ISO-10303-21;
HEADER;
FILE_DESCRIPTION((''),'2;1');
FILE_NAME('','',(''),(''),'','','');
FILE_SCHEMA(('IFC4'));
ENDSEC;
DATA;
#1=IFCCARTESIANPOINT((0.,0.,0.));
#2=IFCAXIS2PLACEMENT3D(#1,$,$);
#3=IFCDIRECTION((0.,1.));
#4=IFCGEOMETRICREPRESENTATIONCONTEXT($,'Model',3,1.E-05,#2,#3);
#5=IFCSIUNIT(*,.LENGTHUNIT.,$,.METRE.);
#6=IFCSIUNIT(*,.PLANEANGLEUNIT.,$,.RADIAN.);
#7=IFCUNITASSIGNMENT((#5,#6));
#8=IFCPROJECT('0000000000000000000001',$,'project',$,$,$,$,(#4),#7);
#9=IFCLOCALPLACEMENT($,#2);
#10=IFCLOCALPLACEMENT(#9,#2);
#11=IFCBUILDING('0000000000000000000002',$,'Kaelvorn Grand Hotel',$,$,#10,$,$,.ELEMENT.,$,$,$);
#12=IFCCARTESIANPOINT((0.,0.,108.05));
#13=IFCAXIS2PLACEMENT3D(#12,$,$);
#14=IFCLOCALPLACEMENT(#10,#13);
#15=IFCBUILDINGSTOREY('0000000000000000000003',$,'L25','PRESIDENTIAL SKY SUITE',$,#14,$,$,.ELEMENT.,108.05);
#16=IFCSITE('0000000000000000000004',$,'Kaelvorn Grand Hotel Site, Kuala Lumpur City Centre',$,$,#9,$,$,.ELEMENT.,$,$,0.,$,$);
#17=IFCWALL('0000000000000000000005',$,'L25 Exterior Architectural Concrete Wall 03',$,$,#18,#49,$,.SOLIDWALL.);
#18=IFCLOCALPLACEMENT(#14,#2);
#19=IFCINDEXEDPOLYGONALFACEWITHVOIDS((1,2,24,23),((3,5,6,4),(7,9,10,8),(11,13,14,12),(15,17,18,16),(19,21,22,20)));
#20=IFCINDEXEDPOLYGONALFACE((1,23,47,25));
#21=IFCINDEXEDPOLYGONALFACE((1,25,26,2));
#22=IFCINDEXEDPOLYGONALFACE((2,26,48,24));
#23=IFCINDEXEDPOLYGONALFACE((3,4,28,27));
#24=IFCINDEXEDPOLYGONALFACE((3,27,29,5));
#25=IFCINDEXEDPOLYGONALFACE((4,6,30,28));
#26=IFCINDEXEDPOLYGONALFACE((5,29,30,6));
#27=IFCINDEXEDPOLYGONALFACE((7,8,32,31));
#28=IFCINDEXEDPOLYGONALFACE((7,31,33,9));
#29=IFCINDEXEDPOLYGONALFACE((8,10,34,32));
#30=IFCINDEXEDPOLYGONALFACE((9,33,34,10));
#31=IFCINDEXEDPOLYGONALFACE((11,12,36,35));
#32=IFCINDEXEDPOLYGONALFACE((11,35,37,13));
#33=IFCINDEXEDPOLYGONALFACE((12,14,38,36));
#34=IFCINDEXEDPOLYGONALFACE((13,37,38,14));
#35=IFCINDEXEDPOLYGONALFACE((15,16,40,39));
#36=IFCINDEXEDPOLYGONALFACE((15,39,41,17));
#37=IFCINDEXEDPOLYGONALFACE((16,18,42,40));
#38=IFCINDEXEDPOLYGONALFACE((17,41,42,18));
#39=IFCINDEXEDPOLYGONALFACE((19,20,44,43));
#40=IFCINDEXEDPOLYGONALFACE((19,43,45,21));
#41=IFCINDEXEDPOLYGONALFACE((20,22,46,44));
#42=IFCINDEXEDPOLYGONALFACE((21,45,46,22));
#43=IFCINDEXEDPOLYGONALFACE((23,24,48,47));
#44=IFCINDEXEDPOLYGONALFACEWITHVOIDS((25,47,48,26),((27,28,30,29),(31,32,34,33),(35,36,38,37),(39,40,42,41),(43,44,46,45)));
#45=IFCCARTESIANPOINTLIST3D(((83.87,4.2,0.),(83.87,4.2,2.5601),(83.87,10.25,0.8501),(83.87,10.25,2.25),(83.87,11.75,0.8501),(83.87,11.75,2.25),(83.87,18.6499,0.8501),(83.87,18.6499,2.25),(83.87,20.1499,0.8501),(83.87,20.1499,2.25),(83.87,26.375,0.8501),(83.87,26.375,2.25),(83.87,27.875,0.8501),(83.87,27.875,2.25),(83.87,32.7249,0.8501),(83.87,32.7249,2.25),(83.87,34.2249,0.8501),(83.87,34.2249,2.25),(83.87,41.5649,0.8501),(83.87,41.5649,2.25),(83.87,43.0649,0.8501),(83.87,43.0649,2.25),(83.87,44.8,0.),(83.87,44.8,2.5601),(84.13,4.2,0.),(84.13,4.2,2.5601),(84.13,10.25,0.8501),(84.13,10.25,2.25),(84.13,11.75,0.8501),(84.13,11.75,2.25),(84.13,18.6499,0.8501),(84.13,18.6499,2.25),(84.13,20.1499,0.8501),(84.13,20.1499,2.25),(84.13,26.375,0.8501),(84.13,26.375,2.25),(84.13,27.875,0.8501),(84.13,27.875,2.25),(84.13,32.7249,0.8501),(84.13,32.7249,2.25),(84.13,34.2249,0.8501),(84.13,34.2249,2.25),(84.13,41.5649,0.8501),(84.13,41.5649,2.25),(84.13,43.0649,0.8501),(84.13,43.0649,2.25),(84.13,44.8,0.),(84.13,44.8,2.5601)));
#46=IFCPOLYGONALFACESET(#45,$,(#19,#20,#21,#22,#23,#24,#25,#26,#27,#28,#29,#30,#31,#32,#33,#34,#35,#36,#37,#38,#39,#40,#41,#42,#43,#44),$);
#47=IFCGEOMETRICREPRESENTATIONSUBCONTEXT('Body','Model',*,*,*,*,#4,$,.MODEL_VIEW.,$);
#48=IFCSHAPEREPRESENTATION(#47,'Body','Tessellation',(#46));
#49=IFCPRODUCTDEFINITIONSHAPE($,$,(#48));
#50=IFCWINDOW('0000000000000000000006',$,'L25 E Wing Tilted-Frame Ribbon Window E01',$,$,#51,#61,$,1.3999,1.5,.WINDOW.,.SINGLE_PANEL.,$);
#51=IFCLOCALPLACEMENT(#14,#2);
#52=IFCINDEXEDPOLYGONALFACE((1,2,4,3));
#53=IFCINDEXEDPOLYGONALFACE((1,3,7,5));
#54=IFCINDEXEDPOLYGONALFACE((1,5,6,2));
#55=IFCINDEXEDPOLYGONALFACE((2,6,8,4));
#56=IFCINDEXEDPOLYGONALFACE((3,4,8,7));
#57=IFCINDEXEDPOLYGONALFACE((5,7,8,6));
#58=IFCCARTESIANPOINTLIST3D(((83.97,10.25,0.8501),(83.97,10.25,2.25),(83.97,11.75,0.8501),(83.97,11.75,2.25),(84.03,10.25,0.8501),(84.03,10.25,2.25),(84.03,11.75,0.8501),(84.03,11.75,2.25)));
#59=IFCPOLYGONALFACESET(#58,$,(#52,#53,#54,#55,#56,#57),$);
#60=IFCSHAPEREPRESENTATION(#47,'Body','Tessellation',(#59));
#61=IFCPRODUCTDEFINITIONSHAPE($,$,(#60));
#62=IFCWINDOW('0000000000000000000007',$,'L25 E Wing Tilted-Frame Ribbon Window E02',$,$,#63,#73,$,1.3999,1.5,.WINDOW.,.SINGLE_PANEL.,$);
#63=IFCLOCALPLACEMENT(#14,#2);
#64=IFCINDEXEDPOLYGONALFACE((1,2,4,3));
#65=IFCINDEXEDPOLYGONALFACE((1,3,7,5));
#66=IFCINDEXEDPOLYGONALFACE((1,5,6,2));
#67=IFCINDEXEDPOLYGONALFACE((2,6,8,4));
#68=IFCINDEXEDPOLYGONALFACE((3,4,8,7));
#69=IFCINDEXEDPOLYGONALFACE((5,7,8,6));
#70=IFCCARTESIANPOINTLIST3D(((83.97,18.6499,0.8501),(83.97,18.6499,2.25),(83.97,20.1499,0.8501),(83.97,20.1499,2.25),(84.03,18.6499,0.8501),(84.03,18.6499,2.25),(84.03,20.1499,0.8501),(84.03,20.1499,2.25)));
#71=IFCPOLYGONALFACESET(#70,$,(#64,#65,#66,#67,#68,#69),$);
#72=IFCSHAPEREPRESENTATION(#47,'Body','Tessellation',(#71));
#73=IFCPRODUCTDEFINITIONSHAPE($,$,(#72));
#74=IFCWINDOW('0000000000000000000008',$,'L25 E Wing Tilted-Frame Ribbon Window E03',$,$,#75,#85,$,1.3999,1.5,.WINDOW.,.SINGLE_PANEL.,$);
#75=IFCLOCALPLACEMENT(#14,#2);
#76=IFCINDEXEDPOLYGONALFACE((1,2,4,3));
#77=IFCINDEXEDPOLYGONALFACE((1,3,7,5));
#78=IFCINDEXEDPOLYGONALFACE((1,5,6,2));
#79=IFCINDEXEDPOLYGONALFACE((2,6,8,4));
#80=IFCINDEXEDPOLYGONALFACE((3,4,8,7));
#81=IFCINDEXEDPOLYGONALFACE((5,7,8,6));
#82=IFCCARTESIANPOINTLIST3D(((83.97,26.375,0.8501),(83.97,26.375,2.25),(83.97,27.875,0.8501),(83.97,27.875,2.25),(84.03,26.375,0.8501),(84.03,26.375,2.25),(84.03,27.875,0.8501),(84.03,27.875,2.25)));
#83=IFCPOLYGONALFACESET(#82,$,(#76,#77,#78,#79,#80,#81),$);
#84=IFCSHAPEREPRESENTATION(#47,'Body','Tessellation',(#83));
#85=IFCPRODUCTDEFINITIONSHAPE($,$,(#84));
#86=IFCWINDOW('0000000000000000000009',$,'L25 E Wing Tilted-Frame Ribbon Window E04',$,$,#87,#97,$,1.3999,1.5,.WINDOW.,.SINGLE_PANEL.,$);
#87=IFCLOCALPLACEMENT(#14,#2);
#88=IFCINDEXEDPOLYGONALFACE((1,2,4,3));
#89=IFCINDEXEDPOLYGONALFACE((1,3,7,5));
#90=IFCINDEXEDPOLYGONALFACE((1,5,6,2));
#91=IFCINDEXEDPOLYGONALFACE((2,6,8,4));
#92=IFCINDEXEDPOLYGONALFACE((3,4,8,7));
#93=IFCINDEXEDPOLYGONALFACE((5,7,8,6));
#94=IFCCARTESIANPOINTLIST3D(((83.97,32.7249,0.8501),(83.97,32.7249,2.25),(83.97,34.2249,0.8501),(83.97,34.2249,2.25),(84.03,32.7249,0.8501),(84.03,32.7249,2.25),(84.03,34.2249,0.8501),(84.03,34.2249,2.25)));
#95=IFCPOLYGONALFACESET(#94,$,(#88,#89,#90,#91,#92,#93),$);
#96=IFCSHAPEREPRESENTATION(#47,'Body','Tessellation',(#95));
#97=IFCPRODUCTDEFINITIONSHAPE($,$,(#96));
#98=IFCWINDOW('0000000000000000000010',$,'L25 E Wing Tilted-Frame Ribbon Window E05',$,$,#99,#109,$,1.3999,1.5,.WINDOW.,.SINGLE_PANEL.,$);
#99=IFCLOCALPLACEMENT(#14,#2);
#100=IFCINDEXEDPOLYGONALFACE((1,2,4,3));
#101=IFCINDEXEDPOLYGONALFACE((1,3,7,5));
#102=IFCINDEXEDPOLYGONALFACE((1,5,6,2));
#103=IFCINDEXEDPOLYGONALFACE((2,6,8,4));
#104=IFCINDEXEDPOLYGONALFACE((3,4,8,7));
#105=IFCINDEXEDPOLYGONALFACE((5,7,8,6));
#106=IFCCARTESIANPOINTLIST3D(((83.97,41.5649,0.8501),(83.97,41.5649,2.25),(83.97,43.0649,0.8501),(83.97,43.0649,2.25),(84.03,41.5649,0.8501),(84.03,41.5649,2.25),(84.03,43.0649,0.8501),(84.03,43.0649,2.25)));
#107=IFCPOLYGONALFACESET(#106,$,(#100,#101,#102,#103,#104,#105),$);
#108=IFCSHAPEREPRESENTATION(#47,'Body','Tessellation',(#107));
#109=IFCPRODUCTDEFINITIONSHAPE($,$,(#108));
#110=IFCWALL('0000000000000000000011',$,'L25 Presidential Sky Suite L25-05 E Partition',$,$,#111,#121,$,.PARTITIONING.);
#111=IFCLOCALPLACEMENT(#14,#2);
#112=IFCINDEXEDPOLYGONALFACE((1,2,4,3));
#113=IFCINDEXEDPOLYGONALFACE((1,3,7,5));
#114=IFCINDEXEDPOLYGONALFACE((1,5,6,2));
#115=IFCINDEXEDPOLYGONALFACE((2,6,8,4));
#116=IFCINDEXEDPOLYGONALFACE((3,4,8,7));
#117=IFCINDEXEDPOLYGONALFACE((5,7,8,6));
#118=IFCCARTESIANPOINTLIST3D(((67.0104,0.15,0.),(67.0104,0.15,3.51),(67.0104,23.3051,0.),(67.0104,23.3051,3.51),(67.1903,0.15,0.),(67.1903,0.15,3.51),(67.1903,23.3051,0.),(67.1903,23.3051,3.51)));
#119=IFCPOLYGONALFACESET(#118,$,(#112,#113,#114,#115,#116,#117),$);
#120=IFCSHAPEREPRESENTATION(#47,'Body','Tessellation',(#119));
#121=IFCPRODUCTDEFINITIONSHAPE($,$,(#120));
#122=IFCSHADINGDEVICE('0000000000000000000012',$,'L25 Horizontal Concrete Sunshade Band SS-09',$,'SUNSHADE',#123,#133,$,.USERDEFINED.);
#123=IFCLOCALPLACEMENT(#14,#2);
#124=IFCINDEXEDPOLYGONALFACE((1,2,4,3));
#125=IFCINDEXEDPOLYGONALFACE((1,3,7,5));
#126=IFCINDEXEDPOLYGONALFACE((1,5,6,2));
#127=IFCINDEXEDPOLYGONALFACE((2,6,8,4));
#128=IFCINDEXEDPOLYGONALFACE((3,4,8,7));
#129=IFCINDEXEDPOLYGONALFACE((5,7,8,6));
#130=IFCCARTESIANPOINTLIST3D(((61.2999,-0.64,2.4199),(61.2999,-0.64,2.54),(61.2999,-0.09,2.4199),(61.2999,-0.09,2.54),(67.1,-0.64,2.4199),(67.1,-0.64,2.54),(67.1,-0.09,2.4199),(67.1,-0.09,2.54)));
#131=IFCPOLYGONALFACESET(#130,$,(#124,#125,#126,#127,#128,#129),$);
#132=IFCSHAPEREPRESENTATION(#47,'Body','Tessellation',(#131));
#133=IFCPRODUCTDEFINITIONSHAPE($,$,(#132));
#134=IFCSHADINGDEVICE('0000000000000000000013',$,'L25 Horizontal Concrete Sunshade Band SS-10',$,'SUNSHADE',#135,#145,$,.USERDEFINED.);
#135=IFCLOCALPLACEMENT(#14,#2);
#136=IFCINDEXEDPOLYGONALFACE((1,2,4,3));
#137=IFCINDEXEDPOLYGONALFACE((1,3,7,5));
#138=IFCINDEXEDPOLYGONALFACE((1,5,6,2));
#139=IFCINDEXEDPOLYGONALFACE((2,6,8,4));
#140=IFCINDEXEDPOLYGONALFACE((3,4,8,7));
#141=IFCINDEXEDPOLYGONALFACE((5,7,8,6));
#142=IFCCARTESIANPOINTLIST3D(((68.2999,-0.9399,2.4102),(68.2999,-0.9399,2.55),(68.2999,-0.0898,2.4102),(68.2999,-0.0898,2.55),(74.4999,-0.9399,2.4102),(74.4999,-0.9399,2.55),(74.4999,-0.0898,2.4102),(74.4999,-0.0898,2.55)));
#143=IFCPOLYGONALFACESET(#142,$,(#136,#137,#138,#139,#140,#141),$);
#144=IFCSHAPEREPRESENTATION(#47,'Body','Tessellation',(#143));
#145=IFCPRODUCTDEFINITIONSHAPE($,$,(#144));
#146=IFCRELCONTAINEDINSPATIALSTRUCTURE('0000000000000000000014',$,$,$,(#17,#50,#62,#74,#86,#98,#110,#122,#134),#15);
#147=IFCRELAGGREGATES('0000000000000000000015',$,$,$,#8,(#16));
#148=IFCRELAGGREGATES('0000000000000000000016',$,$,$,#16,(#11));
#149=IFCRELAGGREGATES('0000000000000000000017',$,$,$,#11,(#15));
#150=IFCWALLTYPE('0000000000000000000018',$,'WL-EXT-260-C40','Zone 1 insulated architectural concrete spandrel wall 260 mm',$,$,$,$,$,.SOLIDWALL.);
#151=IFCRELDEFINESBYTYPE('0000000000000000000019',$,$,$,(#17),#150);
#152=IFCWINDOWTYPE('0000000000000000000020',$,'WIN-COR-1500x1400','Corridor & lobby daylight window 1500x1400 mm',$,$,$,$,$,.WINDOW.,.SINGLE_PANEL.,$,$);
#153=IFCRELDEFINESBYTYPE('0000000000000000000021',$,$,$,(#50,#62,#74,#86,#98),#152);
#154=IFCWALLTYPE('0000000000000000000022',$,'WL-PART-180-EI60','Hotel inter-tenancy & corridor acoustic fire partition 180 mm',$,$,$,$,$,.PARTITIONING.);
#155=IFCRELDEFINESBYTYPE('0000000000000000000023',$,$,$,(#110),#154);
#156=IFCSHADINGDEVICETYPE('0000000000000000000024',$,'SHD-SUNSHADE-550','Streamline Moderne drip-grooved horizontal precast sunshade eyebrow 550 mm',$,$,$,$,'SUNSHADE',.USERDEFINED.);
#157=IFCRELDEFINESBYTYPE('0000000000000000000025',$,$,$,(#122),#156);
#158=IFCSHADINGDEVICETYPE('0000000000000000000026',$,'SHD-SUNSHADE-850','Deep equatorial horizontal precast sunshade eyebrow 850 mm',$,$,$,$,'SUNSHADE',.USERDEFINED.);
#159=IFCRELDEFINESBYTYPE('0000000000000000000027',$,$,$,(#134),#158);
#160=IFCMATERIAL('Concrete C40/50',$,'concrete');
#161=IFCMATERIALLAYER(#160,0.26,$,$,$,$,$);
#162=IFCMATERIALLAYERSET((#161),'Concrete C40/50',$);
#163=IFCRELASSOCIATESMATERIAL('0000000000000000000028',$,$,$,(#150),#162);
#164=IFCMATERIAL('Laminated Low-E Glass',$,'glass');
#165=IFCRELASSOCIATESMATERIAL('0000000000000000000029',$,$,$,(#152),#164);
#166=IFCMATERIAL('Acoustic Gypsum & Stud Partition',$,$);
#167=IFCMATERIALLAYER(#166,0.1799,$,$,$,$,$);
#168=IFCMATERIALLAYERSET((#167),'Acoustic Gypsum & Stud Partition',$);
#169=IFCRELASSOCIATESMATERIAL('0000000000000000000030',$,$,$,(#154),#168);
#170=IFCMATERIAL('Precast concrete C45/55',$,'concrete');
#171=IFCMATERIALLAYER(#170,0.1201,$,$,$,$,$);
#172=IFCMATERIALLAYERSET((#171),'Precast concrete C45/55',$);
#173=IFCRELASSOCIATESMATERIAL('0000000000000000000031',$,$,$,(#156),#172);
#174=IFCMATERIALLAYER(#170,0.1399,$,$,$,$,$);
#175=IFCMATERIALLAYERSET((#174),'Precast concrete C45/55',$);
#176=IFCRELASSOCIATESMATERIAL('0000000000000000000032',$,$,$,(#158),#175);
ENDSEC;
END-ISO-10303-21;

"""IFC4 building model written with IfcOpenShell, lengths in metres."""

from ifc_helpers import new_model, si_unit, direction, frame, frame_2d, origin, origin_2d, place, context, subcontext, project, spatial, rectangle, extrude, material, layer, layer_set, type_object, element, fill, save


model = new_model("IFC4")

# Units and contexts
model_context = context("Model", 3, precision=1e-05, world=origin(), true_north=direction((0.0, 1.0)))
body_context = subcontext(model_context, "Body", "Model", "MODEL_VIEW")
ifc_project = project(units=[si_unit("LENGTHUNIT", "METRE"), si_unit("PLANEANGLEUNIT", "RADIAN")], contexts=[model_context])

# Site, building, storey
site_placement = place(None, origin())
site = spatial("IfcSite", under=ifc_project, at=site_placement, Name="Kaelvorn Grand Hotel Site, Kuala Lumpur City Centre", CompositionType="ELEMENT", RefElevation=0.0)
building_placement = place(site_placement, origin())
building = spatial("IfcBuilding", under=site, at=building_placement, Name="Kaelvorn Grand Hotel", CompositionType="ELEMENT")
storey_placement = place(building_placement, frame((0.0, 0.0, 108.05)))
storey = spatial("IfcBuildingStorey", under=building, at=storey_placement, Name="L25", Description="PRESIDENTIAL SKY SUITE", CompositionType="ELEMENT", Elevation=108.05)

# Shared definitions
ifc_material_1 = material(Name="Concrete C40/50", Category="concrete")

# Shared definitions
ifc_material_2 = material(Name="Precast concrete C45/55", Category="concrete")

# Shared definitions
ifc_layer_1 = layer(ifc_material_1, 0.26)
ifc_layer_set_1 = layer_set([ifc_layer_1], Name="Concrete C40/50")
wall_type_1 = type_object("IfcWallType", Name="WL-EXT-260-C40", Description="Zone 1 insulated architectural concrete spandrel wall 260 mm", PredefinedType="SOLIDWALL", material=ifc_layer_set_1)

# Wall, openings, windows
wall_1_placement = place(storey_placement, frame((84.0, 4.2, 0.0), z_axis=(0.0, 0.0, 1.0), x_axis=(0.0, 1.0, 0.0)))
wall_1 = element("IfcWall", 1, at=wall_1_placement, inside=storey, type_object=wall_type_1, Name="L25 Exterior Architectural Concrete Wall 03", PredefinedType="SOLIDWALL", context=body_context, shape_type="SweptSolid", body=[
    extrude(rectangle(XDim=40.6001, YDim=0.26, at=frame_2d((20.3, 0.0))), origin(), (0.0, 0.0, 1.0), 2.5601),
])
opening_1_placement = place(wall_1_placement, frame((6.05, 0.0, 0.8501)))
opening_1 = element("IfcOpeningElement", 2, at=opening_1_placement, cuts=wall_1, PredefinedType="OPENING", context=body_context, shape_type="SweptSolid", body=[
    extrude(rectangle(XDim=1.5, YDim=1.3999, at=frame_2d((0.75, 0.7))), frame((0.0, 0.1401, 0.0), z_axis=(0.0, -1.0, 0.0), x_axis=(1.0, 0.0, 0.0)), (0.0, 0.0, 1.0), 0.28),
])
opening_2_placement = place(wall_1_placement, frame((14.45, 0.0, 0.8501)))
opening_2 = element("IfcOpeningElement", 3, at=opening_2_placement, cuts=wall_1, PredefinedType="OPENING", context=body_context, shape_type="SweptSolid", body=[
    extrude(rectangle(XDim=1.5, YDim=1.3999, at=frame_2d((0.75, 0.7))), frame((0.0, 0.1401, 0.0), z_axis=(0.0, -1.0, 0.0), x_axis=(1.0, 0.0, 0.0)), (0.0, 0.0, 1.0), 0.28),
])
opening_3_placement = place(wall_1_placement, frame((22.175, 0.0, 0.8501)))
opening_3 = element("IfcOpeningElement", 4, at=opening_3_placement, cuts=wall_1, PredefinedType="OPENING", context=body_context, shape_type="SweptSolid", body=[
    extrude(rectangle(XDim=1.5, YDim=1.3999, at=frame_2d((0.75, 0.7))), frame((0.0, 0.1401, 0.0), z_axis=(0.0, -1.0, 0.0), x_axis=(1.0, 0.0, 0.0)), (0.0, 0.0, 1.0), 0.28),
])
opening_4_placement = place(wall_1_placement, frame((28.5249, 0.0, 0.8501)))
opening_4 = element("IfcOpeningElement", 5, at=opening_4_placement, cuts=wall_1, PredefinedType="OPENING", context=body_context, shape_type="SweptSolid", body=[
    extrude(rectangle(XDim=1.5, YDim=1.3999, at=frame_2d((0.75, 0.7))), frame((0.0, 0.1401, 0.0), z_axis=(0.0, -1.0, 0.0), x_axis=(1.0, 0.0, 0.0)), (0.0, 0.0, 1.0), 0.28),
])
opening_5_placement = place(wall_1_placement, frame((37.365, 0.0, 0.8501)))
opening_5 = element("IfcOpeningElement", 6, at=opening_5_placement, cuts=wall_1, PredefinedType="OPENING", context=body_context, shape_type="SweptSolid", body=[
    extrude(rectangle(XDim=1.5, YDim=1.3999, at=frame_2d((0.75, 0.7))), frame((0.0, 0.1401, 0.0), z_axis=(0.0, -1.0, 0.0), x_axis=(1.0, 0.0, 0.0)), (0.0, 0.0, 1.0), 0.28),
])
ifc_material_3 = material(Name="Laminated Low-E Glass", Category="glass")
window_type = type_object("IfcWindowType", Name="WIN-COR-1500x1400", Description="Corridor & lobby daylight window 1500x1400 mm", PartitioningType="SINGLE_PANEL", PredefinedType="WINDOW", material=ifc_material_3)
window_1_placement = place(opening_1_placement, origin())
window_1 = element("IfcWindow", 7, at=window_1_placement, inside=storey, type_object=window_type, Name="L25 E Wing Tilted-Frame Ribbon Window E01", OverallHeight=1.3999, OverallWidth=1.5, PartitioningType="SINGLE_PANEL", PredefinedType="WINDOW", context=body_context, shape_type="SweptSolid", body=[
    extrude(rectangle(XDim=1.5, YDim=1.3999, at=frame_2d((0.75, 0.7))), frame((0.0, 0.03, 0.0), z_axis=(0.0, -1.0, 0.0), x_axis=(1.0, 0.0, 0.0)), (0.0, 0.0, 1.0), 0.0601),
])
fill(opening_1, window_1)
window_2_placement = place(opening_2_placement, origin())
window_2 = element("IfcWindow", 8, at=window_2_placement, inside=storey, type_object=window_type, Name="L25 E Wing Tilted-Frame Ribbon Window E02", OverallHeight=1.3999, OverallWidth=1.5, PartitioningType="SINGLE_PANEL", PredefinedType="WINDOW", context=body_context, shape_type="SweptSolid", body=[
    extrude(rectangle(XDim=1.5, YDim=1.3999, at=frame_2d((0.75, 0.7))), frame((0.0, 0.03, 0.0), z_axis=(0.0, -1.0, 0.0), x_axis=(1.0, 0.0, 0.0)), (0.0, 0.0, 1.0), 0.0601),
])
fill(opening_2, window_2)
window_3_placement = place(opening_3_placement, origin())
window_3 = element("IfcWindow", 9, at=window_3_placement, inside=storey, type_object=window_type, Name="L25 E Wing Tilted-Frame Ribbon Window E03", OverallHeight=1.3999, OverallWidth=1.5, PartitioningType="SINGLE_PANEL", PredefinedType="WINDOW", context=body_context, shape_type="SweptSolid", body=[
    extrude(rectangle(XDim=1.5, YDim=1.3999, at=frame_2d((0.75, 0.7))), frame((0.0, 0.03, 0.0), z_axis=(0.0, -1.0, 0.0), x_axis=(1.0, 0.0, 0.0)), (0.0, 0.0, 1.0), 0.0601),
])
fill(opening_3, window_3)
window_4_placement = place(opening_4_placement, origin())
window_4 = element("IfcWindow", 10, at=window_4_placement, inside=storey, type_object=window_type, Name="L25 E Wing Tilted-Frame Ribbon Window E04", OverallHeight=1.3999, OverallWidth=1.5, PartitioningType="SINGLE_PANEL", PredefinedType="WINDOW", context=body_context, shape_type="SweptSolid", body=[
    extrude(rectangle(XDim=1.5, YDim=1.3999, at=frame_2d((0.75, 0.7))), frame((0.0, 0.03, 0.0), z_axis=(0.0, -1.0, 0.0), x_axis=(1.0, 0.0, 0.0)), (0.0, 0.0, 1.0), 0.0601),
])
fill(opening_4, window_4)
window_5_placement = place(opening_5_placement, origin())
window_5 = element("IfcWindow", 11, at=window_5_placement, inside=storey, type_object=window_type, Name="L25 E Wing Tilted-Frame Ribbon Window E05", OverallHeight=1.3999, OverallWidth=1.5, PartitioningType="SINGLE_PANEL", PredefinedType="WINDOW", context=body_context, shape_type="SweptSolid", body=[
    extrude(rectangle(XDim=1.5, YDim=1.3999, at=frame_2d((0.75, 0.7))), frame((0.0, 0.03, 0.0), z_axis=(0.0, -1.0, 0.0), x_axis=(1.0, 0.0, 0.0)), (0.0, 0.0, 1.0), 0.0601),
])
fill(opening_5, window_5)

# Wall
ifc_material_4 = material(Name="Acoustic Gypsum & Stud Partition")
ifc_layer_2 = layer(ifc_material_4, 0.1799)
ifc_layer_set_2 = layer_set([ifc_layer_2], Name="Acoustic Gypsum & Stud Partition")
wall_type_2 = type_object("IfcWallType", Name="WL-PART-180-EI60", Description="Hotel inter-tenancy & corridor acoustic fire partition 180 mm", PredefinedType="PARTITIONING", material=ifc_layer_set_2)
wall_2_placement = place(storey_placement, frame((67.1003, 0.1499, 0.0), z_axis=(0.0, 0.0, 1.0), x_axis=(0.0, 1.0, 0.0)))
element("IfcWall", 12, at=wall_2_placement, inside=storey, type_object=wall_type_2, Name="L25 Presidential Sky Suite L25-05 E Partition", PredefinedType="PARTITIONING", context=body_context, shape_type="SweptSolid", body=[
    extrude(rectangle(XDim=23.155, YDim=0.1799, at=frame_2d((11.5776, 0.0))), origin(), (0.0, 0.0, 1.0), 3.51),
])

# Shading devices
ifc_layer_3 = layer(ifc_material_2, 0.1201)
ifc_layer_set_3 = layer_set([ifc_layer_3], Name="Precast concrete C45/55")
shading_device_type_1 = type_object("IfcShadingDeviceType", Name="SHD-SUNSHADE-550", Description="Streamline Moderne drip-grooved horizontal precast sunshade eyebrow 550 mm", ElementType="SUNSHADE", PredefinedType="USERDEFINED", material=ifc_layer_set_3)
shading_device_1_placement = place(storey_placement, frame((64.2, -0.365, 2.4199), z_axis=(0.0, 0.0, 1.0), x_axis=(1.0, 0.0, 0.0)))
element("IfcShadingDevice", 13, at=shading_device_1_placement, inside=storey, type_object=shading_device_type_1, Name="L25 Horizontal Concrete Sunshade Band SS-09", ObjectType="SUNSHADE", PredefinedType="USERDEFINED", context=body_context, shape_type="SweptSolid", body=[
    extrude(rectangle(XDim=5.8, YDim=0.55, at=origin_2d()), origin(), (0.0, 0.0, 1.0), 0.1201),
])
ifc_layer_4 = layer(ifc_material_2, 0.1399)
ifc_layer_set_4 = layer_set([ifc_layer_4], Name="Precast concrete C45/55")
shading_device_type_2 = type_object("IfcShadingDeviceType", Name="SHD-SUNSHADE-850", Description="Deep equatorial horizontal precast sunshade eyebrow 850 mm", ElementType="SUNSHADE", PredefinedType="USERDEFINED", material=ifc_layer_set_4)
shading_device_2_placement = place(storey_placement, frame((71.3999, -0.5149, 2.4102), z_axis=(0.0, 0.0, 1.0), x_axis=(1.0, 0.0, 0.0)))
element("IfcShadingDevice", 14, at=shading_device_2_placement, inside=storey, type_object=shading_device_type_2, Name="L25 Horizontal Concrete Sunshade Band SS-10", ObjectType="SUNSHADE", PredefinedType="USERDEFINED", context=body_context, shape_type="SweptSolid", body=[
    extrude(rectangle(XDim=6.2, YDim=0.8501, at=origin_2d()), origin(), (0.0, 0.0, 1.0), 0.1399),
])

save(model, "model.ifc")
